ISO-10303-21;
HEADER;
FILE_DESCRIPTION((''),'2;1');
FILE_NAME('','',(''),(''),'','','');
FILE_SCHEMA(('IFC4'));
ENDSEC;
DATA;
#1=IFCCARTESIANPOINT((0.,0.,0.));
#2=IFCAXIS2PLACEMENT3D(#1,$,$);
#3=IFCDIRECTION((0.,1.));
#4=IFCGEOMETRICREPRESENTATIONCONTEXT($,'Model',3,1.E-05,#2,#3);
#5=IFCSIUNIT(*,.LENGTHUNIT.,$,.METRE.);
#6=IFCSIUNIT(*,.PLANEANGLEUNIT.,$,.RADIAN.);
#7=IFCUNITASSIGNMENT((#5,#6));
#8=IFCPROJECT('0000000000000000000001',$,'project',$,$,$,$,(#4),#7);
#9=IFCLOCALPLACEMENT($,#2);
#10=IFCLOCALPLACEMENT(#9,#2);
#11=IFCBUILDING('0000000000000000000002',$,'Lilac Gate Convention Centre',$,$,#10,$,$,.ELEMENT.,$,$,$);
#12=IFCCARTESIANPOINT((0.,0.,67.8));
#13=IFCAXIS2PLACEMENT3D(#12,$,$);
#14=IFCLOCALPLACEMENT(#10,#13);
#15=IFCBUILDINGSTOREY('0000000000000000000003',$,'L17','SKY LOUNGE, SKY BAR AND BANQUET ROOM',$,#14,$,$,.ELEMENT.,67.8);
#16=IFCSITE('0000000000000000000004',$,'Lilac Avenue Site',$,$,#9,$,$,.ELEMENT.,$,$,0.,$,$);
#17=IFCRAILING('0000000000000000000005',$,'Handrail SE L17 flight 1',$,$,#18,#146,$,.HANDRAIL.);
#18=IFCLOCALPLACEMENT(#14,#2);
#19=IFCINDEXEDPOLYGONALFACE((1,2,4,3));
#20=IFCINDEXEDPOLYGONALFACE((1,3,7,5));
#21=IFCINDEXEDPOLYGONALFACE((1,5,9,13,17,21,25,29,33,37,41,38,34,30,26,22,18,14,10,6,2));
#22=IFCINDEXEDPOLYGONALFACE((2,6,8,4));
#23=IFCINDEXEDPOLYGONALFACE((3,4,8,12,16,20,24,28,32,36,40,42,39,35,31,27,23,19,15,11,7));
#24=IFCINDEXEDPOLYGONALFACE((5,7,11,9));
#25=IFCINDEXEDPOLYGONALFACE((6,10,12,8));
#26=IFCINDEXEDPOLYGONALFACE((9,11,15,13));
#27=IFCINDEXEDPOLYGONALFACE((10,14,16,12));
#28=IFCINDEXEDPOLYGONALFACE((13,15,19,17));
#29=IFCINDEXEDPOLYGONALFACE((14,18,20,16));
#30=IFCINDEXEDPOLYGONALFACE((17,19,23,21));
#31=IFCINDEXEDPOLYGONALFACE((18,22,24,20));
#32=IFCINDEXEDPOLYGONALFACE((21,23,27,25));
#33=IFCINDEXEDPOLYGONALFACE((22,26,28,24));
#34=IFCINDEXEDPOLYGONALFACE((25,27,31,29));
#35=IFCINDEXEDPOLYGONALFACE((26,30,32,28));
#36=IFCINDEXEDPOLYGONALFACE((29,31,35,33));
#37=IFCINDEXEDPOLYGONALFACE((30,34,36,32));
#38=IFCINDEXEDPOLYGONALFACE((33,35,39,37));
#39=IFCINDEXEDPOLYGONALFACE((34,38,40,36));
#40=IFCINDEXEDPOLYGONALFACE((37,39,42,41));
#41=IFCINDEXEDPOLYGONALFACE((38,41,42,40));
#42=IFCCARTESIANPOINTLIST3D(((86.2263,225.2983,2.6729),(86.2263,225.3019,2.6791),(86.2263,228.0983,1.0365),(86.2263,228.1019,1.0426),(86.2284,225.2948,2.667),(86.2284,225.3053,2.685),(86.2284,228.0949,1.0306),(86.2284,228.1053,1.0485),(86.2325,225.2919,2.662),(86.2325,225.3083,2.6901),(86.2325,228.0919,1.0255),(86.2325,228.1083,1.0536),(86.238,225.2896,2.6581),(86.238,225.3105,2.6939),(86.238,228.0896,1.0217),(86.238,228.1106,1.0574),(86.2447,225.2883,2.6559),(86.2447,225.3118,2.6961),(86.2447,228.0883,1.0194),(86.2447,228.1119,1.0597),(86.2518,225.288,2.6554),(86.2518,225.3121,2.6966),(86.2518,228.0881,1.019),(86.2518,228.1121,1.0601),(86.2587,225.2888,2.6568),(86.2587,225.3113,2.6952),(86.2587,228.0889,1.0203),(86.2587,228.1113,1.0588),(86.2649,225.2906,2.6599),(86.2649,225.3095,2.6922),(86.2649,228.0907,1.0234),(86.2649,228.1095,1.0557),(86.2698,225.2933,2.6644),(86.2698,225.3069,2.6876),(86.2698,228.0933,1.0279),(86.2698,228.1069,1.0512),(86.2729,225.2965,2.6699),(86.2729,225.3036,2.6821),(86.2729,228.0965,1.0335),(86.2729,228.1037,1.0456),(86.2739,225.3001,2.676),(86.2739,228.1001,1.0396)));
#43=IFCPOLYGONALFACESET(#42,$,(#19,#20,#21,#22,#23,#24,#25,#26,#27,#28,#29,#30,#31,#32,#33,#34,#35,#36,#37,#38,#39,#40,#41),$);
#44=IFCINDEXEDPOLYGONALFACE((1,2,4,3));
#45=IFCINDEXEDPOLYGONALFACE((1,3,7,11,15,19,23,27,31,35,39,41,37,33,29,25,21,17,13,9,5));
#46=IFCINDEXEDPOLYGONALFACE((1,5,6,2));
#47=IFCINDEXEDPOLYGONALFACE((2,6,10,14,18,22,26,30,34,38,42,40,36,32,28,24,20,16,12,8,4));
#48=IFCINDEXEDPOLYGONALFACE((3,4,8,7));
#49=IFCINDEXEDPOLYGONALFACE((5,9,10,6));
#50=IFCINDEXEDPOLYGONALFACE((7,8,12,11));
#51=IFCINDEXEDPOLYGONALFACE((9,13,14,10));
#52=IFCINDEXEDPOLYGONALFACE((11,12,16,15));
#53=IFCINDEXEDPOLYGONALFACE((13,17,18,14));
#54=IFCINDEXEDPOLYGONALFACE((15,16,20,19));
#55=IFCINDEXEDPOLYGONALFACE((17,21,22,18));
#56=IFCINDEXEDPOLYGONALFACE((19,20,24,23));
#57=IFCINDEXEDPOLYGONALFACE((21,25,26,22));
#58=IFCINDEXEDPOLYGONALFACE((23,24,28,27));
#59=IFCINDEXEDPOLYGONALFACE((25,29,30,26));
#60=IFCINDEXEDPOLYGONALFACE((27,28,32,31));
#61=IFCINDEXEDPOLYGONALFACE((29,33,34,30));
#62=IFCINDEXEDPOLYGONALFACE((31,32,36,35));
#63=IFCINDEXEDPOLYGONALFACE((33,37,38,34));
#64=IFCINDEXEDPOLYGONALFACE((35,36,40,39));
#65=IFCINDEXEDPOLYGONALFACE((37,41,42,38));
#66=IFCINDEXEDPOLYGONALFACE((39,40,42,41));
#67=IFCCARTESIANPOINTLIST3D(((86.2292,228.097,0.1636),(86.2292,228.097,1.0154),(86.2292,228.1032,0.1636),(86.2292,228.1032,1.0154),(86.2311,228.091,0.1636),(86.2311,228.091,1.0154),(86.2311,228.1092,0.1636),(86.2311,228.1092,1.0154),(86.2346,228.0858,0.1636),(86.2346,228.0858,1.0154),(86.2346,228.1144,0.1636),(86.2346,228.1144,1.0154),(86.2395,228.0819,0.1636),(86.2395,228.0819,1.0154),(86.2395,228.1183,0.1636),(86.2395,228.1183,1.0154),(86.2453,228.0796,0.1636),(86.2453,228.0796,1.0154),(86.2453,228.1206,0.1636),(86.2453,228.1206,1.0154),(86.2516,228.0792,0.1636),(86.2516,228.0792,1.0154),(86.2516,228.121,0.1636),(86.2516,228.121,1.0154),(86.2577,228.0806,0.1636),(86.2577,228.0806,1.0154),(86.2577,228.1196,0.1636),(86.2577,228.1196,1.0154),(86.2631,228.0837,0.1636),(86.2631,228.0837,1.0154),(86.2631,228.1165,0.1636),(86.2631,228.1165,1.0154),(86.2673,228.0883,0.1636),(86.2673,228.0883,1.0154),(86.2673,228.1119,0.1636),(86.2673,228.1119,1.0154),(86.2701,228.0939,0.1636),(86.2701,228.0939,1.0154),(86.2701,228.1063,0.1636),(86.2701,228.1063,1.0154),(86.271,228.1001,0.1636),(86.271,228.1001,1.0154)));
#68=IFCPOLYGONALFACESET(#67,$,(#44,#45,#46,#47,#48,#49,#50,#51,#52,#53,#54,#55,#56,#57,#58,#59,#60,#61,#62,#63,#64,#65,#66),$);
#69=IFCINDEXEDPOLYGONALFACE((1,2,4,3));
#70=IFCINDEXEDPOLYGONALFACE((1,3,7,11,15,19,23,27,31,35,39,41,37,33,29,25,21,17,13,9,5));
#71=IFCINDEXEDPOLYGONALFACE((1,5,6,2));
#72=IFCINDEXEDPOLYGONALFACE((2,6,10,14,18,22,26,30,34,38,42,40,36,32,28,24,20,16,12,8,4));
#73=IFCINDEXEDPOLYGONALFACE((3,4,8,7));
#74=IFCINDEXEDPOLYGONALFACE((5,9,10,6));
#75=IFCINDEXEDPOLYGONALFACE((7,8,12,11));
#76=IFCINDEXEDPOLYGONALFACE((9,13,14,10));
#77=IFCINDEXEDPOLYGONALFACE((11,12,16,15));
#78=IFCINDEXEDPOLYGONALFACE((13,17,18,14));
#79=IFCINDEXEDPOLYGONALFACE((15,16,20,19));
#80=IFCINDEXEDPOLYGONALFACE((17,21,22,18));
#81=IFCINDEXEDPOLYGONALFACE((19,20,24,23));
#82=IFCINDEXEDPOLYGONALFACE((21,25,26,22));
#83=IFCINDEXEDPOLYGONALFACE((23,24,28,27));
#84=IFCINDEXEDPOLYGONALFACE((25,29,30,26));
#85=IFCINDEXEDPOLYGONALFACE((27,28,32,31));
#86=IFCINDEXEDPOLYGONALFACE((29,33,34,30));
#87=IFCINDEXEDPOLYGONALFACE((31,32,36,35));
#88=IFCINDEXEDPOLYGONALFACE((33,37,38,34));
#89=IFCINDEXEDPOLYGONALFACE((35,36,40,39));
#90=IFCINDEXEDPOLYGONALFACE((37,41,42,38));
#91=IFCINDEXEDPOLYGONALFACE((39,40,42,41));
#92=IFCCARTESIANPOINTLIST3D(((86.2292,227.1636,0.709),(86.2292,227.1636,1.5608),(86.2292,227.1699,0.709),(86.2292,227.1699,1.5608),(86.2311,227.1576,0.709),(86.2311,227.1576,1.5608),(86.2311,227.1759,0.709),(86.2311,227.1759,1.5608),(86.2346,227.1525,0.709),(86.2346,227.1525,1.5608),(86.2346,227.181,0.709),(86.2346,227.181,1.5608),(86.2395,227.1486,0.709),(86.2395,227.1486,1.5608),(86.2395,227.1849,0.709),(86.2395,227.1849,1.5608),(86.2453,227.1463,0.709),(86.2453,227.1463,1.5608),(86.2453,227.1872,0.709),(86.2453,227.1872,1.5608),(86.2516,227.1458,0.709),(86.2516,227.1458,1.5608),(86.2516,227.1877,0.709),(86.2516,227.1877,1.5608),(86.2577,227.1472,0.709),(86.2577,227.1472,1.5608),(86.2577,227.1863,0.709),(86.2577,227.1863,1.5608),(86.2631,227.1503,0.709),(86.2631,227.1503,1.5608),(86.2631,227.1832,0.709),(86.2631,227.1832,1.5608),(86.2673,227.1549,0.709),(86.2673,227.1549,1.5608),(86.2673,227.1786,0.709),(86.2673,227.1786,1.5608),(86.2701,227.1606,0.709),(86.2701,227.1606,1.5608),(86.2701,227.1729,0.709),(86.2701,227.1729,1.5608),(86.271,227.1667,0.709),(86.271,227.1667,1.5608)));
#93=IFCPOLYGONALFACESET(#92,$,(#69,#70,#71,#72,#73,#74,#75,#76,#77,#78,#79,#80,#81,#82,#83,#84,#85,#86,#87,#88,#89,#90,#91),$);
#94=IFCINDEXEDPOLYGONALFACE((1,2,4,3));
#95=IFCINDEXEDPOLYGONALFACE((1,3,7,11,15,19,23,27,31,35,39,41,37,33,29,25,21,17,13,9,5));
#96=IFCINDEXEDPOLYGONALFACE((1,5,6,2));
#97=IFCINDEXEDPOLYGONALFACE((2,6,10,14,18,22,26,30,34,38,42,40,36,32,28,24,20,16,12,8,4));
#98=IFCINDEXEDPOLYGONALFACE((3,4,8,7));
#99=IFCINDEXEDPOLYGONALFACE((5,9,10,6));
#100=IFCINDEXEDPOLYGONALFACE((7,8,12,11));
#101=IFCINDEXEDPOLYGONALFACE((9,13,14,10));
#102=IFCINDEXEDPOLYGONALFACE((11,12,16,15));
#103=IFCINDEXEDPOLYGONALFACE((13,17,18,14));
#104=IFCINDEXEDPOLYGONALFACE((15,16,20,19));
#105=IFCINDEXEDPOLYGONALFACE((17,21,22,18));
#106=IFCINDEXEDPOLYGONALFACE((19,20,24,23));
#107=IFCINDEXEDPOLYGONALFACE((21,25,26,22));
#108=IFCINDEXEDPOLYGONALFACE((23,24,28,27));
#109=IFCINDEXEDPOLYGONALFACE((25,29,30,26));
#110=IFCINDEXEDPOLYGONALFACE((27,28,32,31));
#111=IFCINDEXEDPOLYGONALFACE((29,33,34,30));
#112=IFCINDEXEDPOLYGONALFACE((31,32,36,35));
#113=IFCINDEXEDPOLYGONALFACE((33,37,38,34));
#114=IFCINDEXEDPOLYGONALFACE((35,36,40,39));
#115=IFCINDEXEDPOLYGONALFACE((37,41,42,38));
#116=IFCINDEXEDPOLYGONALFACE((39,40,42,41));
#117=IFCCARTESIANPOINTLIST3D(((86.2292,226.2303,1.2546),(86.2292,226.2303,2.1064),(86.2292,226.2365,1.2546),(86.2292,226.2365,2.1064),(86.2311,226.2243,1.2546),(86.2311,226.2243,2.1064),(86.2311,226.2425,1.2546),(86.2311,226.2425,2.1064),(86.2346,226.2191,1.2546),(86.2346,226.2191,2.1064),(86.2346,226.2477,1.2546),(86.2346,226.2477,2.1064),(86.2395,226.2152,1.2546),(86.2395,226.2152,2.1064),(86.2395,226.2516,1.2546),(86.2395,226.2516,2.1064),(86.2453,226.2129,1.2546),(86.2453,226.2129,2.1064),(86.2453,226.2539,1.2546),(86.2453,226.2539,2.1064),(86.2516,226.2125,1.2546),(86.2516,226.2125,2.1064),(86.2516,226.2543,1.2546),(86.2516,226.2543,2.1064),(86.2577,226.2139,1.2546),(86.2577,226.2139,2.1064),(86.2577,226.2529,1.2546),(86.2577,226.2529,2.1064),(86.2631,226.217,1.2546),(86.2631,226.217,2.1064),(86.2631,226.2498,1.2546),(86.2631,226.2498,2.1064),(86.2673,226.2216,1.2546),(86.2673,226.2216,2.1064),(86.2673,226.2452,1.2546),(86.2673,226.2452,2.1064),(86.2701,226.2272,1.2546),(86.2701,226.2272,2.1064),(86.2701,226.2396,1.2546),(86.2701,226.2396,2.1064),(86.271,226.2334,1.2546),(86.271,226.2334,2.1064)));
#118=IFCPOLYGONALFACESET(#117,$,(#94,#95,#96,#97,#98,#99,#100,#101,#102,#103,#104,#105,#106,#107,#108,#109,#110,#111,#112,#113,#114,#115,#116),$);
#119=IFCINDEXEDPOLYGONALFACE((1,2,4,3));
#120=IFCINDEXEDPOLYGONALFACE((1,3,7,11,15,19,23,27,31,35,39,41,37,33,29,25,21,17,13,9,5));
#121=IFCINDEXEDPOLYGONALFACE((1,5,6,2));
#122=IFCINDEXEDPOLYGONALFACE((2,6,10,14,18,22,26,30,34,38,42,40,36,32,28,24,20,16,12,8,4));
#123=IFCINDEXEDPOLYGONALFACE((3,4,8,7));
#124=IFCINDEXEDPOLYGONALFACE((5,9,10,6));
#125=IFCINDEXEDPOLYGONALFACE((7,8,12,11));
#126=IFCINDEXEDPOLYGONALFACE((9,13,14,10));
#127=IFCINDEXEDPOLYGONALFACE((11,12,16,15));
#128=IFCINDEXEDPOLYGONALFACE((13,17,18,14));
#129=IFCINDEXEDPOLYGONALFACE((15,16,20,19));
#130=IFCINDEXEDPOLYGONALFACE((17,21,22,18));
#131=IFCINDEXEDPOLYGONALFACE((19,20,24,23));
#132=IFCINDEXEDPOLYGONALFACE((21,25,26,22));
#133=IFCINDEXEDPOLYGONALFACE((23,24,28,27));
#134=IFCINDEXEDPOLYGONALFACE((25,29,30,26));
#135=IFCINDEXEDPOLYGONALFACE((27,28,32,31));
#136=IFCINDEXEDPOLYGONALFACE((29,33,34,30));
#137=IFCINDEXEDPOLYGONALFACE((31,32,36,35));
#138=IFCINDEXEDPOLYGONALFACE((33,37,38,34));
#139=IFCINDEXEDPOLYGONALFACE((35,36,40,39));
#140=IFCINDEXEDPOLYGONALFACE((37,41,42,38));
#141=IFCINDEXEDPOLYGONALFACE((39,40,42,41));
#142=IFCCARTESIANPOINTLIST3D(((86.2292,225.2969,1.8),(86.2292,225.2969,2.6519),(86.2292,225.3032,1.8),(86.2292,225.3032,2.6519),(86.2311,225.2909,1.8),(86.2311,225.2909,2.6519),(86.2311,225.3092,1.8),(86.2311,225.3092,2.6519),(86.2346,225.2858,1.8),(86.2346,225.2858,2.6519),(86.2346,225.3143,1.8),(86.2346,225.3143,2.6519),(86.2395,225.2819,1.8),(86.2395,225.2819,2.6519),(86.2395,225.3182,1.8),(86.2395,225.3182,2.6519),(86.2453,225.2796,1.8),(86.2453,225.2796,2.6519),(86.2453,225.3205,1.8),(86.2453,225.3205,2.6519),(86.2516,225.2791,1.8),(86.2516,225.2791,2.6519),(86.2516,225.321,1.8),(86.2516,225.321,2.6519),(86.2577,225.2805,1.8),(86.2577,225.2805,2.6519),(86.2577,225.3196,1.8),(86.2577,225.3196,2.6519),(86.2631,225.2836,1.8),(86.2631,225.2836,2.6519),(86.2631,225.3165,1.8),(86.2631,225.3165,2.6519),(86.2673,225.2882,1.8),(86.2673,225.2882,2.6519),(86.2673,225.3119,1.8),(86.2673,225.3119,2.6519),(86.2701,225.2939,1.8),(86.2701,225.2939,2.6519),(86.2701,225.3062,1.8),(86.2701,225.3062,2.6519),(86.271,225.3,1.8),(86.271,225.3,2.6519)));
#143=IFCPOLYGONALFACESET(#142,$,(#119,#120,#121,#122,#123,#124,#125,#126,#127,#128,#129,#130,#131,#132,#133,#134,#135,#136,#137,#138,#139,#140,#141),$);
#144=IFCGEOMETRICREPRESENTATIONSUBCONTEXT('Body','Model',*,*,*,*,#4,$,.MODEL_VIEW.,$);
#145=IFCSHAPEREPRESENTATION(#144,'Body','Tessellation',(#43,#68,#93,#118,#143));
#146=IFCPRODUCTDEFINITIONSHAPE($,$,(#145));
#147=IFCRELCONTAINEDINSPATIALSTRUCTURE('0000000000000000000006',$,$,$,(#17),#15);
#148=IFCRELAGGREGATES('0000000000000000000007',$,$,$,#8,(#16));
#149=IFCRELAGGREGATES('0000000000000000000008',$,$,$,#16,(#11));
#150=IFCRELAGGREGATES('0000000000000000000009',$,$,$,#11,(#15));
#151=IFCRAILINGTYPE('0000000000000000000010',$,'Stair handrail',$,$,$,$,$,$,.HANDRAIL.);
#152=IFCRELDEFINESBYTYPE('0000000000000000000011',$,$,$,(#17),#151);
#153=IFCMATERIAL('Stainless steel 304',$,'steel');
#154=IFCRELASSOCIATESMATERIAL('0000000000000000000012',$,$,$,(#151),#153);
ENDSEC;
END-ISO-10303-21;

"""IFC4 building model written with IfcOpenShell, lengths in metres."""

from ifc_helpers import new_model, si_unit, direction, frame, origin, origin_2d, place, context, subcontext, project, spatial, circle, extrude, material, type_object, element, save


model = new_model("IFC4")

# Units and contexts
model_context = context("Model", 3, precision=1e-05, world=origin(), true_north=direction((0.0, 1.0)))
body_context = subcontext(model_context, "Body", "Model", "MODEL_VIEW")
ifc_project = project(units=[si_unit("LENGTHUNIT", "METRE"), si_unit("PLANEANGLEUNIT", "RADIAN")], contexts=[model_context])

# Site, building, storey
site_placement = place(None, origin())
site = spatial("IfcSite", under=ifc_project, at=site_placement, Name="Lilac Avenue Site", CompositionType="ELEMENT", RefElevation=0.0)
building_placement = place(site_placement, origin())
building = spatial("IfcBuilding", under=site, at=building_placement, Name="Lilac Gate Convention Centre", CompositionType="ELEMENT")
storey_placement = place(building_placement, frame((0.0, 0.0, 67.8)))
storey = spatial("IfcBuildingStorey", under=building, at=storey_placement, Name="L17", Description="SKY LOUNGE, SKY BAR AND BANQUET ROOM", CompositionType="ELEMENT", Elevation=67.8)

# Railing
ifc_material_1 = material(Name="Stainless steel 304", Category="steel")
railing_type = type_object("IfcRailingType", Name="Stair handrail", PredefinedType="HANDRAIL", material=ifc_material_1)
for number, where, name in (
    (1, (86.25, 228.1001, 0.1636), "Handrail SE L17 flight 1"),
):
    element("IfcRailing", number, at=place(storey_placement, frame(where)), inside=storey, type_object=railing_type, Name=name, PredefinedType="HANDRAIL", context=body_context, shape_type="SweptSolid", body=[
        extrude(circle(Radius=0.0239, at=origin_2d()), frame((0.0, 0.0, 0.876), z_axis=(0.0, -0.863361, 0.504587), x_axis=(1.0, 0.0, 0.0)), (0.0, 0.0, 1.0), 3.2432),
        extrude(circle(Radius=0.021, at=origin_2d()), origin(), (0.0, 0.0, 1.0), 0.8518),
        extrude(circle(Radius=0.021, at=origin_2d()), frame((0.0, -0.9333, 0.5454)), (0.0, 0.0, 1.0), 0.8518),
        extrude(circle(Radius=0.021, at=origin_2d()), frame((0.0, -1.8667, 1.0911)), (0.0, 0.0, 1.0), 0.8518),
        extrude(circle(Radius=0.021, at=origin_2d()), frame((0.0, -2.8, 1.6365)), (0.0, 0.0, 1.0), 0.8518),
    ])

save(model, "model.ifc")
